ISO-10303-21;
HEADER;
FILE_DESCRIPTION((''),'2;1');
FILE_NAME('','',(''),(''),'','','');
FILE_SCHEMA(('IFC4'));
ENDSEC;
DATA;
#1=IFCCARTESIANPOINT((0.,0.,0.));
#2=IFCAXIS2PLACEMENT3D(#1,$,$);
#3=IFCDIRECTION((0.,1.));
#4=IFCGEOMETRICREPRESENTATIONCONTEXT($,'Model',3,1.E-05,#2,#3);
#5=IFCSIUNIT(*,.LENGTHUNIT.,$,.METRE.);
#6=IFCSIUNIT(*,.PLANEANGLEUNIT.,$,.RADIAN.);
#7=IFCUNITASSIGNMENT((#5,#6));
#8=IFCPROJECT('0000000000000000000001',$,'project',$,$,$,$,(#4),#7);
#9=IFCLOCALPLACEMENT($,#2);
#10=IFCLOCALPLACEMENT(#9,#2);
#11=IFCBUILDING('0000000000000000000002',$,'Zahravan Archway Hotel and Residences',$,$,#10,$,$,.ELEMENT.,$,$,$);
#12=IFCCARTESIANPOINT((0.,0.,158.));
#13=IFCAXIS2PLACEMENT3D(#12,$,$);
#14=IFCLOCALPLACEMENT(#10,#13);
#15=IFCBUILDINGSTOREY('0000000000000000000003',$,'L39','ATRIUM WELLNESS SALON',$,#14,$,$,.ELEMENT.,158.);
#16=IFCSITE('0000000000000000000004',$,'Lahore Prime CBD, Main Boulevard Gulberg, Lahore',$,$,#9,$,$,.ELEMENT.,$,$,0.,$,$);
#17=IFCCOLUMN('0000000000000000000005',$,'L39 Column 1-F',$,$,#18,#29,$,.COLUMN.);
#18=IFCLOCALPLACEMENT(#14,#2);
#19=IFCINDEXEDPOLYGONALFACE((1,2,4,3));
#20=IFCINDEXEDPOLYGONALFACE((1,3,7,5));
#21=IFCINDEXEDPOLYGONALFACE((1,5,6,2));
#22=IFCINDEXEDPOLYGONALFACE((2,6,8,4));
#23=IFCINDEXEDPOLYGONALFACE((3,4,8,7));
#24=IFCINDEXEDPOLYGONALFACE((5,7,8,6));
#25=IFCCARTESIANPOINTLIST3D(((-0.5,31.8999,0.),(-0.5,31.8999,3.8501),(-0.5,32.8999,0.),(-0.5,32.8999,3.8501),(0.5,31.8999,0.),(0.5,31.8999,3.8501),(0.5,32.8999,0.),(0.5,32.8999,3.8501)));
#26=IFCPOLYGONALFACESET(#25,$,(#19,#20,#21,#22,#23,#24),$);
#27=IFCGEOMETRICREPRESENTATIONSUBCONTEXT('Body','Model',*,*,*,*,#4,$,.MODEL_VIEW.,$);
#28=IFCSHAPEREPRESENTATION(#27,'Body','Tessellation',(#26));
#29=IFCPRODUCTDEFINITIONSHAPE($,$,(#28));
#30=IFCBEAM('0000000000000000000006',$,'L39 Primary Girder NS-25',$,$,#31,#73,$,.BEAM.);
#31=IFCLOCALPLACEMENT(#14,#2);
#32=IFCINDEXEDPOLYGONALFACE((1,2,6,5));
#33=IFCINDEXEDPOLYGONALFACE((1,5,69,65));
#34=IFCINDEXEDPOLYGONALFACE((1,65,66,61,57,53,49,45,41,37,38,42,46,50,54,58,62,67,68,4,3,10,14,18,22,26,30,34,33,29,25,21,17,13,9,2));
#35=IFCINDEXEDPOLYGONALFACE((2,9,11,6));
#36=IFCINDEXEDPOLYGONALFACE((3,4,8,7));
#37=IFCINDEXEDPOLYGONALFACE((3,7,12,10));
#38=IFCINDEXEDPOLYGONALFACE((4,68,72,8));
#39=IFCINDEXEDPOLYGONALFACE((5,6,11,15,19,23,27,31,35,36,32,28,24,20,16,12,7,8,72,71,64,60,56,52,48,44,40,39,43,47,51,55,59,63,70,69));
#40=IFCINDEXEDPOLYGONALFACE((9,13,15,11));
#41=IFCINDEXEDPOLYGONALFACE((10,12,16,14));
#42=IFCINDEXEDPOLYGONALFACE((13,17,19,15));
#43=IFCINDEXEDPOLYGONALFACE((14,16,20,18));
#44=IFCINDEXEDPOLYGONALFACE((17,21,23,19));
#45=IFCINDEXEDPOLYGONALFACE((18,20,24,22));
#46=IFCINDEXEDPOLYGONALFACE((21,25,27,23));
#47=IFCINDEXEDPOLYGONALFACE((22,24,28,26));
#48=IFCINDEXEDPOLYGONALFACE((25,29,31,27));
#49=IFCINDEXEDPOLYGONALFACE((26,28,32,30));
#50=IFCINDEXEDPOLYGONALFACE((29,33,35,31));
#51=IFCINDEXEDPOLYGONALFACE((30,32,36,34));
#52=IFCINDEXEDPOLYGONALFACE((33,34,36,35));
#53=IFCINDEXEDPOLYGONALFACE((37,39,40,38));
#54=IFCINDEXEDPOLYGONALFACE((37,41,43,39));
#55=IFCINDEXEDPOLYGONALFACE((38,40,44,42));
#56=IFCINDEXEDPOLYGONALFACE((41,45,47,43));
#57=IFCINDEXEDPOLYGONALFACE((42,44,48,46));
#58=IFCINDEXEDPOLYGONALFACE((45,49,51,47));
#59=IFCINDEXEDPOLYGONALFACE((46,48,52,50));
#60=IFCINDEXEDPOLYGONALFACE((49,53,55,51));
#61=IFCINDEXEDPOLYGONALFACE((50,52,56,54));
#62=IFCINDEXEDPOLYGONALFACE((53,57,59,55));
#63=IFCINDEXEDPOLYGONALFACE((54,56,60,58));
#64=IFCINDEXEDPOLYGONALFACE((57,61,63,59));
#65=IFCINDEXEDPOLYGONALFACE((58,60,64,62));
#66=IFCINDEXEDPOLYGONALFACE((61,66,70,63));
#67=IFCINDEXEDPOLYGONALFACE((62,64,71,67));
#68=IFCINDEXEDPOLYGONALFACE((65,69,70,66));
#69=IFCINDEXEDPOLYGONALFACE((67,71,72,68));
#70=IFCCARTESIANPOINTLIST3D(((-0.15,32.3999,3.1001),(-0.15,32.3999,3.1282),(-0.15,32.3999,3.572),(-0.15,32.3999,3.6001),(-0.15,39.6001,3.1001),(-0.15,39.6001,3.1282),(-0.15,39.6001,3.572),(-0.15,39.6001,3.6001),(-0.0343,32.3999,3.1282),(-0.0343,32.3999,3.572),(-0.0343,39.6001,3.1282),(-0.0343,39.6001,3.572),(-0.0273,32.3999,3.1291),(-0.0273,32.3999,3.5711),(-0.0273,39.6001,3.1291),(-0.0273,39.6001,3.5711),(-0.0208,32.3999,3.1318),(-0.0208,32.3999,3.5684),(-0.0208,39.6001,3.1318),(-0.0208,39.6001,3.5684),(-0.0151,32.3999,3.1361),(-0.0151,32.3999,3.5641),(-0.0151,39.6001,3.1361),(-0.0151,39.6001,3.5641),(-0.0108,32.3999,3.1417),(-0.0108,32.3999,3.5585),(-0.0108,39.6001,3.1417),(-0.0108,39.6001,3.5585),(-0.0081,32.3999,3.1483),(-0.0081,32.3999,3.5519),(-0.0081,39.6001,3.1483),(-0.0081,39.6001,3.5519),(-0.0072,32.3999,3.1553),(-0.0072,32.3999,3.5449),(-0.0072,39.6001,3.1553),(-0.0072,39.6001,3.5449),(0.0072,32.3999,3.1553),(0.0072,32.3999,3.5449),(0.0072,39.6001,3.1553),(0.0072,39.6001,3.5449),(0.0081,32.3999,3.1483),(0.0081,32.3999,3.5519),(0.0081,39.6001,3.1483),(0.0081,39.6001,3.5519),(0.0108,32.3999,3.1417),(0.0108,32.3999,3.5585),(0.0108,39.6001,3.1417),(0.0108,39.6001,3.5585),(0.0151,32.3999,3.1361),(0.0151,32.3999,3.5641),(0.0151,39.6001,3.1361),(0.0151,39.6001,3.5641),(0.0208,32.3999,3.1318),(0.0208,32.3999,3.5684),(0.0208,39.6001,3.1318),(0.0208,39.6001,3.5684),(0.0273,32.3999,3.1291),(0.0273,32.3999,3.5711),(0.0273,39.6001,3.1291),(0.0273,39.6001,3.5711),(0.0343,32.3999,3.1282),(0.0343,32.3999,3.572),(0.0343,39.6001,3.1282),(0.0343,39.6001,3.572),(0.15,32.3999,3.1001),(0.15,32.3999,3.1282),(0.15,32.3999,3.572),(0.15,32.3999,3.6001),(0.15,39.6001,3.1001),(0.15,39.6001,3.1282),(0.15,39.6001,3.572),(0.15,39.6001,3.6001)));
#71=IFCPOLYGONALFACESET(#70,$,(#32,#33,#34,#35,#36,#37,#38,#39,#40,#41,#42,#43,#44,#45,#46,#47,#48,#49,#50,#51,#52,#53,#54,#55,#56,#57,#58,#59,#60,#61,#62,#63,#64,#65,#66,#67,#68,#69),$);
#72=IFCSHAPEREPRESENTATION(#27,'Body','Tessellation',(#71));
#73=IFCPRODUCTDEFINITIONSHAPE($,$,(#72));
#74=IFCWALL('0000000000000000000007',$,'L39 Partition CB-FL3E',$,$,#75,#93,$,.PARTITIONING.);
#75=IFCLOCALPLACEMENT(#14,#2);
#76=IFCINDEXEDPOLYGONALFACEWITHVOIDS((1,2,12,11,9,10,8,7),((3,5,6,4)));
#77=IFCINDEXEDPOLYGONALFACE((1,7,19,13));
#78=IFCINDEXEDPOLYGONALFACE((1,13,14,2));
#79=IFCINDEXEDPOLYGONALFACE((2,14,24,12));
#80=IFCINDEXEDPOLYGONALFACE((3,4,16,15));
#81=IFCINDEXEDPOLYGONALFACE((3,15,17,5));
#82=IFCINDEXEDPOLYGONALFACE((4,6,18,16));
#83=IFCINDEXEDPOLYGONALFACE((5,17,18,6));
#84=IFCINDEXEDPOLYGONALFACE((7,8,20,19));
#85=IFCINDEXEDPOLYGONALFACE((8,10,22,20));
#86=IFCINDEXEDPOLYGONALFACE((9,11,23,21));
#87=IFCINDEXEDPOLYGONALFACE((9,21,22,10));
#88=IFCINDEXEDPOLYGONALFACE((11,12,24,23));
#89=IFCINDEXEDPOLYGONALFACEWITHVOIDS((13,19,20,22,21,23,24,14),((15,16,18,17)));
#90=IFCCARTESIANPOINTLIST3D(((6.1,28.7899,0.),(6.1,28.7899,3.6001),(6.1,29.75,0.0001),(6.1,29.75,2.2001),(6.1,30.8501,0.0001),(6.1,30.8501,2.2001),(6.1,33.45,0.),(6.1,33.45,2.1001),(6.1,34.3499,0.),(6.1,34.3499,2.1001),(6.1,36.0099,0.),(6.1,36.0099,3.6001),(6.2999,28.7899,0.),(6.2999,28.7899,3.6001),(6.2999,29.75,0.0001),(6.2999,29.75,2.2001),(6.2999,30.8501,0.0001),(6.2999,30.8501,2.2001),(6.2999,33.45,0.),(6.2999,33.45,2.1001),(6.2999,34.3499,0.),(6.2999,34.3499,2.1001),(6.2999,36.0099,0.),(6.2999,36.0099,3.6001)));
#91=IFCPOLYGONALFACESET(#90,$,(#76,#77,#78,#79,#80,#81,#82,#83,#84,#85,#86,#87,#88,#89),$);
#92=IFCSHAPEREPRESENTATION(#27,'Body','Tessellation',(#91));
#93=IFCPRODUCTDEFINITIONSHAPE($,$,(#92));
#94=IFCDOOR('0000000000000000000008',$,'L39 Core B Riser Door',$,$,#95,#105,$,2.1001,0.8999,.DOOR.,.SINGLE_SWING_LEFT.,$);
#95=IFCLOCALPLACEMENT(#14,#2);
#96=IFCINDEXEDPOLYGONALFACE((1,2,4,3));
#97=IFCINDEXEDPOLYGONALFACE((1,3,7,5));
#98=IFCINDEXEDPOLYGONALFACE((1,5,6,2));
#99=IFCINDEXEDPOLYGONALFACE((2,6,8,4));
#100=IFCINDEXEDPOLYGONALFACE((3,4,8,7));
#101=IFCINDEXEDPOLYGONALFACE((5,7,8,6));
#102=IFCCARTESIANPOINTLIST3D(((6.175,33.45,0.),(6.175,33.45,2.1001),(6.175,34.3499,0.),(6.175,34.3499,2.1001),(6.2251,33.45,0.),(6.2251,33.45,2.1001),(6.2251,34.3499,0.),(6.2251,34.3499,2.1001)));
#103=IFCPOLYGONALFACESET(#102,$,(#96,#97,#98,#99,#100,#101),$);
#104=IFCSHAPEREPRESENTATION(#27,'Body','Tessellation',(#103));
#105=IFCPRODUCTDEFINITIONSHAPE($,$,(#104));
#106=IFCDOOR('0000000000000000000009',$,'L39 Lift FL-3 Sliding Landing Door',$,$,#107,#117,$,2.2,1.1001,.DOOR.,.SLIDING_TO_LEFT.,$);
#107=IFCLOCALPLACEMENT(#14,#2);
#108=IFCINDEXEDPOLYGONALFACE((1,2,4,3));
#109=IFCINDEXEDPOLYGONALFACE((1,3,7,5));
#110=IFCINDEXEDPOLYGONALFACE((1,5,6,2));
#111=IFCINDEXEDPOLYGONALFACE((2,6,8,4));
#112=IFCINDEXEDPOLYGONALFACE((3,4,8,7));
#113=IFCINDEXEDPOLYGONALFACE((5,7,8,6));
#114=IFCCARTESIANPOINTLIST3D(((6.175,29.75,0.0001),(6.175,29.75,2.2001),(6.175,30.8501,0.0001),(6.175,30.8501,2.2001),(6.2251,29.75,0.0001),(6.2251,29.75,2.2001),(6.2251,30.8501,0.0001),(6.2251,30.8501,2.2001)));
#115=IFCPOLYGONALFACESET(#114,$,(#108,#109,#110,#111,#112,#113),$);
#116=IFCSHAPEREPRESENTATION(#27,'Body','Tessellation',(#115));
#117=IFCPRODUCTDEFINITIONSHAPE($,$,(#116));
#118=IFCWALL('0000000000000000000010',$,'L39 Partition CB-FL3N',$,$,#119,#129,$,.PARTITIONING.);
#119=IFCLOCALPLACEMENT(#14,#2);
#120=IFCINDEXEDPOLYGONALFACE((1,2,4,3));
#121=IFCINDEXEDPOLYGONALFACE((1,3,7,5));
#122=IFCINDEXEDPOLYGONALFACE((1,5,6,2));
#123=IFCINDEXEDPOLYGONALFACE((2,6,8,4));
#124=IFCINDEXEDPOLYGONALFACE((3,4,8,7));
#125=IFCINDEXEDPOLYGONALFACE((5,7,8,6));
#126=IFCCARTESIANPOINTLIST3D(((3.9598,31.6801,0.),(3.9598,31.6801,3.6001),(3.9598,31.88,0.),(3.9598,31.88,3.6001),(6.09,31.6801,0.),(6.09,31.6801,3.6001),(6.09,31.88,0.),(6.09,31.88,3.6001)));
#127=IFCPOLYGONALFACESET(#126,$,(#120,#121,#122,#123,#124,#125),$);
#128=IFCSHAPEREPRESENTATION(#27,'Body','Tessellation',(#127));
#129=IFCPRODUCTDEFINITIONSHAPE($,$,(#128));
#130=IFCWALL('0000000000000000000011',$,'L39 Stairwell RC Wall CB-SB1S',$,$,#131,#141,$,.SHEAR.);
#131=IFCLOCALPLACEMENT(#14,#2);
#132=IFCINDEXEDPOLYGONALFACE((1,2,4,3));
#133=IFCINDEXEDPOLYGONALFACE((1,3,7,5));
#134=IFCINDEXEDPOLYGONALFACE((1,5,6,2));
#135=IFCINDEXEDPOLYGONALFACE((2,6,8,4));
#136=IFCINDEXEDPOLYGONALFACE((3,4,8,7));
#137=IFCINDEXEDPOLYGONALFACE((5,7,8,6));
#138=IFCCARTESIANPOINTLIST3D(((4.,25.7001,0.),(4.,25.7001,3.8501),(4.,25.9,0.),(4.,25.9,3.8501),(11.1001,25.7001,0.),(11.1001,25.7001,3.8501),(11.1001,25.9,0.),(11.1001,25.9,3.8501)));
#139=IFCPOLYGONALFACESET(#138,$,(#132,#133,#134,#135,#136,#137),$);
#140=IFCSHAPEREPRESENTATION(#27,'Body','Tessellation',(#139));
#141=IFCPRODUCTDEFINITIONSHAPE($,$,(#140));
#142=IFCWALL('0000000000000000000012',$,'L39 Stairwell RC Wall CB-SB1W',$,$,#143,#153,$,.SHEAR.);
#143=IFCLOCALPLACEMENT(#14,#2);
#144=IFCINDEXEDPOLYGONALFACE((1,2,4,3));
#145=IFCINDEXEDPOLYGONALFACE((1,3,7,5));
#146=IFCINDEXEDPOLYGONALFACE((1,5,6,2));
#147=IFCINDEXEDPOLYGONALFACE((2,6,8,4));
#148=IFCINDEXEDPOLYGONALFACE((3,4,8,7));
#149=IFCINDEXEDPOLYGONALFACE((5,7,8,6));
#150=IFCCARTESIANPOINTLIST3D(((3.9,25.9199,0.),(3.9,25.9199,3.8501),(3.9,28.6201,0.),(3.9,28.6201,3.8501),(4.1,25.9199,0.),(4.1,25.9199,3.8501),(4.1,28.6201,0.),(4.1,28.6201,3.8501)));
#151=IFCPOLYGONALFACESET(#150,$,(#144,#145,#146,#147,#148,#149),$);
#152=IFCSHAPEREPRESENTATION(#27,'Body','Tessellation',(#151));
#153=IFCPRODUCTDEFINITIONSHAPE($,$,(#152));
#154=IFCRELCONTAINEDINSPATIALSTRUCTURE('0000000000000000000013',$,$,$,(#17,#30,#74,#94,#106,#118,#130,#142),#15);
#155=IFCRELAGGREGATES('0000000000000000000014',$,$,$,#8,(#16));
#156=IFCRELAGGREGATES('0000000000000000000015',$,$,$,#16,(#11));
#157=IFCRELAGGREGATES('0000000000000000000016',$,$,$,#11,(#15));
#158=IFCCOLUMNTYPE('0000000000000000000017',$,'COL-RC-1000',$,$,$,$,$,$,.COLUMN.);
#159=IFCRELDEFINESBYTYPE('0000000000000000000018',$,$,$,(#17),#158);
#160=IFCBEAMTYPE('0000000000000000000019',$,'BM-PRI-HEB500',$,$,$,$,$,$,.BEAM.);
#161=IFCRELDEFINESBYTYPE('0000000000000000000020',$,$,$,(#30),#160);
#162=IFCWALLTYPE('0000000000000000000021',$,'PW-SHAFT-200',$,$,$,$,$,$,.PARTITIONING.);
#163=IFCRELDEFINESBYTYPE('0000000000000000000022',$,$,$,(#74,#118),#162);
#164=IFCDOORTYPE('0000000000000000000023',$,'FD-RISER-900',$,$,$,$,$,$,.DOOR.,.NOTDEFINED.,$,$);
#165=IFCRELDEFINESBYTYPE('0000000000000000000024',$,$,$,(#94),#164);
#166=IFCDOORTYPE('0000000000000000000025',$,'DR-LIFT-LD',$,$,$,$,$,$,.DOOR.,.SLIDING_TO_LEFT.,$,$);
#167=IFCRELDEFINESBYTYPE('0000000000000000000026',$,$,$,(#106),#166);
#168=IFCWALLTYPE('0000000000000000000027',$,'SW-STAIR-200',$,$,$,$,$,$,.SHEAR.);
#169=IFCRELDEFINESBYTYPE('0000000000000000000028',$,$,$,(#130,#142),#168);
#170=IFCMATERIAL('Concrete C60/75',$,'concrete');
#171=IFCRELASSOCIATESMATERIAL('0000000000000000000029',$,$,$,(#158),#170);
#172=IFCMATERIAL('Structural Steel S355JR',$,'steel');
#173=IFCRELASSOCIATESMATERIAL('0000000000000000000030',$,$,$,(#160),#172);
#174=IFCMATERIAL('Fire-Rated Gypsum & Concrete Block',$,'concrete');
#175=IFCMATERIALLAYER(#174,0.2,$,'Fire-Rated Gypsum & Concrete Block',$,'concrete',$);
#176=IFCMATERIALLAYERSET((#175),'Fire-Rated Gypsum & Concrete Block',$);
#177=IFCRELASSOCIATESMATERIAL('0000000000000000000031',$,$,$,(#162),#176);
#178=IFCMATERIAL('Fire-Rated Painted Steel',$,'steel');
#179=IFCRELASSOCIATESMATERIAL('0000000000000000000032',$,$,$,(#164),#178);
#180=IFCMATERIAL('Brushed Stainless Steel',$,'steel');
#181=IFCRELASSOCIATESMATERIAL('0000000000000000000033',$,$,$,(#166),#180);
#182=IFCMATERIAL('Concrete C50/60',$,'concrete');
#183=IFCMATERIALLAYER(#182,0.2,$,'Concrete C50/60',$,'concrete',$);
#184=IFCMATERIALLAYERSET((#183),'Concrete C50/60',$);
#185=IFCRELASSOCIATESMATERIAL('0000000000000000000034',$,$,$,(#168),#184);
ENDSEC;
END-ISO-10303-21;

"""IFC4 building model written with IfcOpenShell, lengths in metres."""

from ifc_helpers import new_model, si_unit, direction, frame, frame_2d, origin, origin_2d, place, context, subcontext, project, spatial, rectangle, i_section, extrude, source, transform, mapped, material, layer, layer_set, material_profile, profile_set, type_object, type_shapes, element, fill, save


model = new_model("IFC4")

# Units and contexts
model_context = context("Model", 3, precision=1e-05, world=origin(), true_north=direction((0.0, 1.0)))
body_context = subcontext(model_context, "Body", "Model", "MODEL_VIEW")
ifc_project = project(units=[si_unit("LENGTHUNIT", "METRE"), si_unit("PLANEANGLEUNIT", "RADIAN")], contexts=[model_context])

# Site, building, storey
site_placement = place(None, origin())
site = spatial("IfcSite", under=ifc_project, at=site_placement, Name="Lahore Prime CBD, Main Boulevard Gulberg, Lahore", CompositionType="ELEMENT", RefElevation=0.0)
building_placement = place(site_placement, origin())
building = spatial("IfcBuilding", under=site, at=building_placement, Name="Zahravan Archway Hotel and Residences", CompositionType="ELEMENT")
storey_placement = place(building_placement, frame((0.0, 0.0, 158.0)))
storey = spatial("IfcBuildingStorey", under=building, at=storey_placement, Name="L39", Description="ATRIUM WELLNESS SALON", CompositionType="ELEMENT", Elevation=158.0)

# Column
ifc_material_1 = material(Name="Concrete C60/75", Category="concrete")
ifc_material_profile_1 = material_profile(ifc_material_1, rectangle(XDim=1.0, YDim=1.0, at=origin_2d()), Name="RC-COL-1000x1000", Category="concrete")
ifc_profile_set_1 = profile_set([ifc_material_profile_1], Name="Concrete C60/75")
column_type = type_object("IfcColumnType", Name="COL-RC-1000", PredefinedType="COLUMN", material=ifc_profile_set_1)
shared_shape_1 = source(origin(), body_context, "Body", "SweptSolid", [
    extrude(rectangle(XDim=1.0, YDim=1.0, at=origin_2d()), origin(), (0.0, 0.0, 1.0), 3.8501),
])
column_placement = place(storey_placement, frame((0.0, 32.3999, 0.0), z_axis=(0.0, 0.0, 1.0), x_axis=(1.0, 0.0, 0.0)))
element("IfcColumn", 1, at=column_placement, inside=storey, type_object=column_type, Name="L39 Column 1-F", PredefinedType="COLUMN", context=body_context, shape_type="MappedRepresentation", body=[
    mapped(shared_shape_1, transform((0.0, 0.0, 0.0), scale=1.0)),
])

# Beam
ifc_material_2 = material(Name="Structural Steel S355JR", Category="steel")
ifc_material_profile_2 = material_profile(ifc_material_2, i_section(OverallWidth=0.3, OverallDepth=0.5, WebThickness=0.0144, FlangeThickness=0.0281, FilletRadius=0.0271, at=origin_2d()), Name="HEB 500", Category="steel")
ifc_profile_set_2 = profile_set([ifc_material_profile_2], Name="Structural Steel S355JR")
beam_type = type_object("IfcBeamType", Name="BM-PRI-HEB500", PredefinedType="BEAM", material=ifc_profile_set_2)
shared_shape_2 = source(origin(), body_context, "Body", "SweptSolid", [
    extrude(i_section(OverallWidth=0.3, OverallDepth=0.5, WebThickness=0.0144, FlangeThickness=0.0281, FilletRadius=0.0271, at=origin_2d()), origin(), (0.0, 0.0, 1.0), 7.2002),
])
type_shapes(beam_type, [shared_shape_2])
beam_placement = place(storey_placement, frame((0.0, 32.3999, 3.3501), z_axis=(0.0, 1.0, 0.0), x_axis=(-1.0, 0.0, 0.0)))
element("IfcBeam", 2, at=beam_placement, inside=storey, type_object=beam_type, Name="L39 Primary Girder NS-25", PredefinedType="BEAM", context=body_context, shape_type="MappedRepresentation", body=[
    mapped(shared_shape_2, transform((0.0, 0.0, 0.0), scale=1.0)),
])

# Wall, openings, doors
ifc_material_3 = material(Name="Fire-Rated Gypsum & Concrete Block", Category="concrete")
ifc_layer_1 = layer(ifc_material_3, 0.2, Name="Fire-Rated Gypsum & Concrete Block", Category="concrete")
ifc_layer_set_1 = layer_set([ifc_layer_1], Name="Fire-Rated Gypsum & Concrete Block")
wall_type_1 = type_object("IfcWallType", Name="PW-SHAFT-200", PredefinedType="PARTITIONING", material=ifc_layer_set_1)
wall_1_placement = place(storey_placement, frame((6.2, 28.79, 0.0), z_axis=(0.0, 0.0, 1.0), x_axis=(0.0, 1.0, 0.0)))
wall_1 = element("IfcWall", 3, at=wall_1_placement, inside=storey, type_object=wall_type_1, Name="L39 Partition CB-FL3E", PredefinedType="PARTITIONING", context=body_context, shape_type="SweptSolid", body=[
    extrude(rectangle(XDim=7.22, YDim=0.2, at=frame_2d((3.6099, 0.0))), origin(), (0.0, 0.0, 1.0), 3.6001),
])
opening_1_placement = place(wall_1_placement, frame((4.6599, 0.0, 0.0)))
opening_1 = element("IfcOpeningElement", 4, at=opening_1_placement, cuts=wall_1, PredefinedType="OPENING", context=body_context, shape_type="SweptSolid", body=[
    extrude(rectangle(XDim=0.8999, YDim=2.1001, at=frame_2d((0.45, 1.05))), frame((0.0, 0.1099, 0.0), z_axis=(0.0, -1.0, 0.0), x_axis=(1.0, 0.0, 0.0)), (0.0, 0.0, 1.0), 0.22),
])
opening_2_placement = place(wall_1_placement, frame((0.96, 0.0, 0.0)))
opening_2 = element("IfcOpeningElement", 5, at=opening_2_placement, cuts=wall_1, PredefinedType="OPENING", context=body_context, shape_type="SweptSolid", body=[
    extrude(rectangle(XDim=1.1001, YDim=2.2, at=frame_2d((0.55, 1.1001))), frame((0.0, 0.1099, 0.0), z_axis=(0.0, -1.0, 0.0), x_axis=(1.0, 0.0, 0.0)), (0.0, 0.0, 1.0), 0.22),
])
ifc_material_4 = material(Name="Fire-Rated Painted Steel", Category="steel")
door_type_1 = type_object("IfcDoorType", Name="FD-RISER-900", OperationType="NOTDEFINED", PredefinedType="DOOR", material=ifc_material_4)
shared_shape_3 = source(origin(), body_context, "Body", "SweptSolid", [
    extrude(rectangle(XDim=0.8999, YDim=2.1001, at=frame_2d((0.45, 1.05))), frame((0.0, 0.0249, 0.0), z_axis=(0.0, -1.0, 0.0), x_axis=(1.0, 0.0, 0.0)), (0.0, 0.0, 1.0), 0.05),
])
type_shapes(door_type_1, [shared_shape_3])
door_1_placement = place(opening_1_placement, origin())
door_1 = element("IfcDoor", 6, at=door_1_placement, inside=storey, type_object=door_type_1, Name="L39 Core B Riser Door", OperationType="SINGLE_SWING_LEFT", OverallHeight=2.1001, OverallWidth=0.8999, PredefinedType="DOOR", context=body_context, shape_type="MappedRepresentation", body=[
    mapped(shared_shape_3, transform((0.0, 0.0, 0.0), scale=1.0)),
])
fill(opening_1, door_1)
ifc_material_5 = material(Name="Brushed Stainless Steel", Category="steel")
door_type_2 = type_object("IfcDoorType", Name="DR-LIFT-LD", OperationType="SLIDING_TO_LEFT", PredefinedType="DOOR", material=ifc_material_5)
shared_shape_4 = source(origin(), body_context, "Body", "SweptSolid", [
    extrude(rectangle(XDim=1.1001, YDim=2.2, at=frame_2d((0.55, 1.1001))), frame((0.0, 0.0249, 0.0), z_axis=(0.0, -1.0, 0.0), x_axis=(1.0, 0.0, 0.0)), (0.0, 0.0, 1.0), 0.05),
])
type_shapes(door_type_2, [shared_shape_4])
door_2_placement = place(opening_2_placement, origin())
door_2 = element("IfcDoor", 7, at=door_2_placement, inside=storey, type_object=door_type_2, Name="L39 Lift FL-3 Sliding Landing Door", OperationType="SLIDING_TO_LEFT", OverallHeight=2.2, OverallWidth=1.1001, PredefinedType="DOOR", context=body_context, shape_type="MappedRepresentation", body=[
    mapped(shared_shape_4, transform((0.0, 0.0, 0.0), scale=1.0)),
])
fill(opening_2, door_2)

# Walls
wall_2_placement = place(storey_placement, frame((3.96, 31.78, 0.0), z_axis=(0.0, 0.0, 1.0), x_axis=(1.0, 0.0, 0.0)))
element("IfcWall", 8, at=wall_2_placement, inside=storey, type_object=wall_type_1, Name="L39 Partition CB-FL3N", PredefinedType="PARTITIONING", context=body_context, shape_type="SweptSolid", body=[
    extrude(rectangle(XDim=2.1301, YDim=0.2, at=frame_2d((1.0649, 0.0))), origin(), (0.0, 0.0, 1.0), 3.6001),
])
ifc_material_6 = material(Name="Concrete C50/60", Category="concrete")
ifc_layer_2 = layer(ifc_material_6, 0.2, Name="Concrete C50/60", Category="concrete")
ifc_layer_set_2 = layer_set([ifc_layer_2], Name="Concrete C50/60")
wall_type_2 = type_object("IfcWallType", Name="SW-STAIR-200", PredefinedType="SHEAR", material=ifc_layer_set_2)
wall_3_placement = place(storey_placement, frame((4.0, 25.8, 0.0), z_axis=(0.0, 0.0, 1.0), x_axis=(1.0, 0.0, 0.0)))
element("IfcWall", 9, at=wall_3_placement, inside=storey, type_object=wall_type_2, Name="L39 Stairwell RC Wall CB-SB1S", PredefinedType="SHEAR", context=body_context, shape_type="SweptSolid", body=[
    extrude(rectangle(XDim=7.1001, YDim=0.2, at=frame_2d((3.55, 0.0))), origin(), (0.0, 0.0, 1.0), 3.8501),
])
wall_4_placement = place(storey_placement, frame((4.0, 25.9199, 0.0), z_axis=(0.0, 0.0, 1.0), x_axis=(0.0, 1.0, 0.0)))
element("IfcWall", 10, at=wall_4_placement, inside=storey, type_object=wall_type_2, Name="L39 Stairwell RC Wall CB-SB1W", PredefinedType="SHEAR", context=body_context, shape_type="SweptSolid", body=[
    extrude(rectangle(XDim=2.7002, YDim=0.2, at=frame_2d((1.3501, 0.0))), origin(), (0.0, 0.0, 1.0), 3.8501),
])

save(model, "model.ifc")
